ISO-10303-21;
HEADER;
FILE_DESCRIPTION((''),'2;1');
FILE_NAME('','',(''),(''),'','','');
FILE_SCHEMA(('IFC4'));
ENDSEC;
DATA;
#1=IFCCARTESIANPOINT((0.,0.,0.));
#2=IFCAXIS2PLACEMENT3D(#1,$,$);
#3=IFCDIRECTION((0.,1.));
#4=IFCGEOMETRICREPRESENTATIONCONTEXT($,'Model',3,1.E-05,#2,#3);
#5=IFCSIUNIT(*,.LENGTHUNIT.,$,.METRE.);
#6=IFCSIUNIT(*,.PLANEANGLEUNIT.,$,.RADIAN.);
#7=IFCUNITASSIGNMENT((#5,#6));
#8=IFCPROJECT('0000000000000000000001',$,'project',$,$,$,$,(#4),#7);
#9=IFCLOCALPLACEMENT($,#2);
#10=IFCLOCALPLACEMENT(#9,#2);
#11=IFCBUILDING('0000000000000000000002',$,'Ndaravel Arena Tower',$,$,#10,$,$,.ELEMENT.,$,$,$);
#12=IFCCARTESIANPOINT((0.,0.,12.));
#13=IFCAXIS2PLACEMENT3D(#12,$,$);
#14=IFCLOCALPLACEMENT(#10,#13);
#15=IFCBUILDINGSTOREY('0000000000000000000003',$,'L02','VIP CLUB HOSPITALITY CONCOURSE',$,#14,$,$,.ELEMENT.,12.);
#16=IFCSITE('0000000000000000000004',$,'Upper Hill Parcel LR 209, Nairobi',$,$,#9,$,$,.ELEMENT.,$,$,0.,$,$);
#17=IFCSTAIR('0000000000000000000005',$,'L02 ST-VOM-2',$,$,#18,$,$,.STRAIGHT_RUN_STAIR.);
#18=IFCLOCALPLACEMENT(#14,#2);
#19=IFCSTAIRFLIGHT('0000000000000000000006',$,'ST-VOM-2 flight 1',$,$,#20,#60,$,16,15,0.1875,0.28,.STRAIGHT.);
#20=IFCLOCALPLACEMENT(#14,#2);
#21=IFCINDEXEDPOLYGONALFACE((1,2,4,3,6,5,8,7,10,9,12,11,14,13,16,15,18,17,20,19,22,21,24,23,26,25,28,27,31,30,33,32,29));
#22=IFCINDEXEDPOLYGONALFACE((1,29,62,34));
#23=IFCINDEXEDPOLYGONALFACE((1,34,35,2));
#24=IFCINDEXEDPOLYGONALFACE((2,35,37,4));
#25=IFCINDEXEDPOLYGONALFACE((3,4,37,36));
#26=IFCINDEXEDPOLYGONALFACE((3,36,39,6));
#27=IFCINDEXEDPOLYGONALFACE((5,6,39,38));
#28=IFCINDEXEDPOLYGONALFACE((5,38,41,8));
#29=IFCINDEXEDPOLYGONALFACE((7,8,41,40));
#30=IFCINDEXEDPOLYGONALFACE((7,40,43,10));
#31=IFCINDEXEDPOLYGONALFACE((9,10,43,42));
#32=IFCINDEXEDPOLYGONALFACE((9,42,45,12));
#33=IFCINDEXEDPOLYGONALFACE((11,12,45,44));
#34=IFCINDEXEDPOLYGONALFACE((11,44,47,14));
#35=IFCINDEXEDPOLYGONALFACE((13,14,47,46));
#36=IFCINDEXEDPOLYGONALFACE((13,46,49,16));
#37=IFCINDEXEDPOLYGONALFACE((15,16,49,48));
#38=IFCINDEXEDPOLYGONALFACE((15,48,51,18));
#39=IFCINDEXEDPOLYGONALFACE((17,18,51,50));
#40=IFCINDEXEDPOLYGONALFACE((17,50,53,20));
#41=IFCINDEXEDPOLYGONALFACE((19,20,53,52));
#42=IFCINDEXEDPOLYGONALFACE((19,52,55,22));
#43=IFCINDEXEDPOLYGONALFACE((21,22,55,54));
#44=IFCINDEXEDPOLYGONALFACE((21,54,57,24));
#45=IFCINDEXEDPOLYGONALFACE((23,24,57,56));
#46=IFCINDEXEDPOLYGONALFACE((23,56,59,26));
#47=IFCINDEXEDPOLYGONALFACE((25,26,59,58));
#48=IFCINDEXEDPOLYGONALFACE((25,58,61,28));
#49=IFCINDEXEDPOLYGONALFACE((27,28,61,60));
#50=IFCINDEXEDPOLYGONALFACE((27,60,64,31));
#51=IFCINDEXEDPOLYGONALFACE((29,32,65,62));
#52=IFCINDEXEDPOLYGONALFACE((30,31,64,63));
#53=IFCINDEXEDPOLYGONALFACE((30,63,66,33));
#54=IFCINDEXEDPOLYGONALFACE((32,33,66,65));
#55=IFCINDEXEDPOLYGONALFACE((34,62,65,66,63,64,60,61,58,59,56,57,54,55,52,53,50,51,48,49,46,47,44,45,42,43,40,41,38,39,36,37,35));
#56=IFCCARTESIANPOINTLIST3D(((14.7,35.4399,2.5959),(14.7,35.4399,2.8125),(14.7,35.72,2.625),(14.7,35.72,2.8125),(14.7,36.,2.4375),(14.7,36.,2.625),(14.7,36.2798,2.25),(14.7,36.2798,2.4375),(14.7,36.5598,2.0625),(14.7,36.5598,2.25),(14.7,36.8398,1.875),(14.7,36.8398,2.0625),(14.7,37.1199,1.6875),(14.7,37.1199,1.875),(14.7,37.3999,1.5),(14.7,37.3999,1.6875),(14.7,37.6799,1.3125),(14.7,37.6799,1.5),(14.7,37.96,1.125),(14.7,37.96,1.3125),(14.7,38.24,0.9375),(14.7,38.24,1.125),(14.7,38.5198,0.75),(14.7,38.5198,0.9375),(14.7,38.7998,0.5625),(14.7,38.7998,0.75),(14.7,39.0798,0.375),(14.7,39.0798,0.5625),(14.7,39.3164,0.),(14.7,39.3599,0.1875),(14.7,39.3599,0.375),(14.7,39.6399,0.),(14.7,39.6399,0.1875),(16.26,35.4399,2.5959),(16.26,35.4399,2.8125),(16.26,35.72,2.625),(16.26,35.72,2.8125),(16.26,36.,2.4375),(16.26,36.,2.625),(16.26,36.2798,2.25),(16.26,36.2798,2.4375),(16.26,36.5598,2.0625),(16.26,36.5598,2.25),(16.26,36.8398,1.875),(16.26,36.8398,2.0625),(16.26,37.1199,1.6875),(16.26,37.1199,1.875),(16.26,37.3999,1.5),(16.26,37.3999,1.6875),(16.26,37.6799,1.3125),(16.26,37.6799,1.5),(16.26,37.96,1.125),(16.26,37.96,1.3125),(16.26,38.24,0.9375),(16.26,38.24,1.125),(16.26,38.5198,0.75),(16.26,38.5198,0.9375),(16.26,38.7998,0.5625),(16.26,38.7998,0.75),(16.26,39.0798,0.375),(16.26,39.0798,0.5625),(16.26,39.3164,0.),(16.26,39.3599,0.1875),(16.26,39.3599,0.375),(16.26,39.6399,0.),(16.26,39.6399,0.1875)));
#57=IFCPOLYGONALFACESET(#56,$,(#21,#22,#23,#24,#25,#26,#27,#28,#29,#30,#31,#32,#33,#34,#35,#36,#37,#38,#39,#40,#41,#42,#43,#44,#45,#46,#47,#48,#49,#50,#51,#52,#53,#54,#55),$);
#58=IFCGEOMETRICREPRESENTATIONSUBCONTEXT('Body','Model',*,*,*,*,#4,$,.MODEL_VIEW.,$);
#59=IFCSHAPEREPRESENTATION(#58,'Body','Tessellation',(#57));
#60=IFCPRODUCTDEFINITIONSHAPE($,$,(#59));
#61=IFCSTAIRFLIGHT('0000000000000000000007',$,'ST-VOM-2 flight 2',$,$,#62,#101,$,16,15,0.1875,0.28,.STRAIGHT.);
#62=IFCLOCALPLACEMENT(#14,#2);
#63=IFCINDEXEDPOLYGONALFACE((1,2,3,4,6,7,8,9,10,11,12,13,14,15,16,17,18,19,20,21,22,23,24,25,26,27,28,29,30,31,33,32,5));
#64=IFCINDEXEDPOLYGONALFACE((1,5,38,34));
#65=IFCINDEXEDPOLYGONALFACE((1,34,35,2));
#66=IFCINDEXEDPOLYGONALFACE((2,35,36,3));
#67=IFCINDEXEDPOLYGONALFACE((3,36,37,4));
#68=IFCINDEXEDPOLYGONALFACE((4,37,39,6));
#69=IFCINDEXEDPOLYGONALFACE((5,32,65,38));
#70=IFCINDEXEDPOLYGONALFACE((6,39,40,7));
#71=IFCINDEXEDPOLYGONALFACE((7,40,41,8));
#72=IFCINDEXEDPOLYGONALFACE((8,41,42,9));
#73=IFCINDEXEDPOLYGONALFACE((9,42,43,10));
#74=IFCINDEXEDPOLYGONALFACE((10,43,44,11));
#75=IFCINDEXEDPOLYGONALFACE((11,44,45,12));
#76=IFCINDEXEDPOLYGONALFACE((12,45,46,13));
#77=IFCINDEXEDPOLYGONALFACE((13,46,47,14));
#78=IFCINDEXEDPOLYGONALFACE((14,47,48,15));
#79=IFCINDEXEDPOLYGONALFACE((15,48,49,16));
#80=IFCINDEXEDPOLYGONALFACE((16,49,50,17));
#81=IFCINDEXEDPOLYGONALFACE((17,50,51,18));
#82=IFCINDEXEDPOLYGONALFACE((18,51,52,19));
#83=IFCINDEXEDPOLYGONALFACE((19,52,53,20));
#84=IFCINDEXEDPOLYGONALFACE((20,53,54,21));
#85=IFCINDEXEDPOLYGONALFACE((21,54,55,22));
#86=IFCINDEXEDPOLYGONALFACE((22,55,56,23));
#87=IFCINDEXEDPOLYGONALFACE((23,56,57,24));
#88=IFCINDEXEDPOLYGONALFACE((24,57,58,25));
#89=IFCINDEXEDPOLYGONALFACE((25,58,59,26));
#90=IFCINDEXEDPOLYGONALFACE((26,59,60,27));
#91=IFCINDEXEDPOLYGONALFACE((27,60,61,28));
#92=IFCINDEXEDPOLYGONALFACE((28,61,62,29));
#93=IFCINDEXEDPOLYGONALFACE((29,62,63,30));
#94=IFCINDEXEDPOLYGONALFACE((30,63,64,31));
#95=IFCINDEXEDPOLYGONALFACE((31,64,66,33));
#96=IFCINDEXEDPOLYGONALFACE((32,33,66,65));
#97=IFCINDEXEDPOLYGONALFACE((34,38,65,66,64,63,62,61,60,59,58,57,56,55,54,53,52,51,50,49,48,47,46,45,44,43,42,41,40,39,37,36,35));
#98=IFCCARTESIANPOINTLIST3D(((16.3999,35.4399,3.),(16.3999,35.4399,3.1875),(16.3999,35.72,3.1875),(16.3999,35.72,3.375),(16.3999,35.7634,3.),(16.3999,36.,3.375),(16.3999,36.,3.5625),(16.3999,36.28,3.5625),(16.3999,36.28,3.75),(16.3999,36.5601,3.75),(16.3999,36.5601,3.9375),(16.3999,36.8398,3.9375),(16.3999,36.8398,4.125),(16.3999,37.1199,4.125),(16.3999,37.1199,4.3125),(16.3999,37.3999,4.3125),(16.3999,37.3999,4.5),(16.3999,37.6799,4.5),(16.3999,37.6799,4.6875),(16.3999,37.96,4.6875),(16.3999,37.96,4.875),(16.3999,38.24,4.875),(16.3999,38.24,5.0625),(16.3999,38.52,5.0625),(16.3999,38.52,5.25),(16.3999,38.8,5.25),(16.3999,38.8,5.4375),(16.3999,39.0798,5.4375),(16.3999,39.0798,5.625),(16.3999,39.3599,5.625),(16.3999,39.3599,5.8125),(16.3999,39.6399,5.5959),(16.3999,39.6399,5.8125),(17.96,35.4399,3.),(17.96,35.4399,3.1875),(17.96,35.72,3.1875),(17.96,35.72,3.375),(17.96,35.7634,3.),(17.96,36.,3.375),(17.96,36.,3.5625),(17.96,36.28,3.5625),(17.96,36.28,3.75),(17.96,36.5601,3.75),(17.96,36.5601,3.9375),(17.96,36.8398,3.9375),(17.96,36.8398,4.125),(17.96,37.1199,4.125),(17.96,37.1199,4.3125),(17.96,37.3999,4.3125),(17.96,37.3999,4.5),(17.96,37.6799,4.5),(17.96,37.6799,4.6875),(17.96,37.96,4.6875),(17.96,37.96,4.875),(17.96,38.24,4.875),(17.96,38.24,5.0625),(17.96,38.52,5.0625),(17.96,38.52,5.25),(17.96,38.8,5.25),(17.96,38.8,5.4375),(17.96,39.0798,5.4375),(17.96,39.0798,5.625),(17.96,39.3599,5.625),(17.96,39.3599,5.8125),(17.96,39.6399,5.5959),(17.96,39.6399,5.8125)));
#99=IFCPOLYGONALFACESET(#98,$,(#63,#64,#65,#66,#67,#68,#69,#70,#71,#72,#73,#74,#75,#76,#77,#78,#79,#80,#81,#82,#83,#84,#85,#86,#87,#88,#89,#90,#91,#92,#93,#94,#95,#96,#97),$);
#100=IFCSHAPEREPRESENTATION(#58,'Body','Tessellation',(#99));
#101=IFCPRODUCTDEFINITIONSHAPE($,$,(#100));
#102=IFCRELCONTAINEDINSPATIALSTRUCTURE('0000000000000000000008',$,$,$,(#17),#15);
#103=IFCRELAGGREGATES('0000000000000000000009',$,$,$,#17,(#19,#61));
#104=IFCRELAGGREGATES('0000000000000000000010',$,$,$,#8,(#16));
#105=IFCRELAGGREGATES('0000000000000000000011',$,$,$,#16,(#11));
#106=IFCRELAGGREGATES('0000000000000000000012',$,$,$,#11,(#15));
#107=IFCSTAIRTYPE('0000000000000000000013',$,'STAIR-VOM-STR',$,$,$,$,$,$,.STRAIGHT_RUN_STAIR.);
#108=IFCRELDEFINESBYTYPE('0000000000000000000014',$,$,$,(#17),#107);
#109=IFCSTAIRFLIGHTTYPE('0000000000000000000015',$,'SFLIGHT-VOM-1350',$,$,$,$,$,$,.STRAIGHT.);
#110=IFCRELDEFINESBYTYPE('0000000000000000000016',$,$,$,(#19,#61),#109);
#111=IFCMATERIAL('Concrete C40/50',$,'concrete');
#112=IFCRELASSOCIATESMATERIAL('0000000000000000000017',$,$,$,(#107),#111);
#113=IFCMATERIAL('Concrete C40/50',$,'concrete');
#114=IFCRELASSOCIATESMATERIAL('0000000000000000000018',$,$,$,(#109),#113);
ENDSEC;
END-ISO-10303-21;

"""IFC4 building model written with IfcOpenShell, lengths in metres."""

from ifc_helpers import new_model, si_unit, direction, frame, origin, place, context, subcontext, project, spatial, polyline, outline, extrude, material, type_object, element, aggregate, save


model = new_model("IFC4")

# Units and contexts
model_context = context("Model", 3, precision=1e-05, world=origin(), true_north=direction((0.0, 1.0)))
body_context = subcontext(model_context, "Body", "Model", "MODEL_VIEW")
ifc_project = project(units=[si_unit("LENGTHUNIT", "METRE"), si_unit("PLANEANGLEUNIT", "RADIAN")], contexts=[model_context])

# Site, building, storey
site_placement = place(None, origin())
site = spatial("IfcSite", under=ifc_project, at=site_placement, Name="Upper Hill Parcel LR 209, Nairobi", CompositionType="ELEMENT", RefElevation=0.0)
building_placement = place(site_placement, origin())
building = spatial("IfcBuilding", under=site, at=building_placement, Name="Ndaravel Arena Tower", CompositionType="ELEMENT")
storey_placement = place(building_placement, frame((0.0, 0.0, 12.0)))
storey = spatial("IfcBuildingStorey", under=building, at=storey_placement, Name="L02", Description="VIP CLUB HOSPITALITY CONCOURSE", CompositionType="ELEMENT", Elevation=12.0)

# Stair, stair flights
ifc_material_1 = material(Name="Concrete C40/50", Category="concrete")
stair_type = type_object("IfcStairType", Name="STAIR-VOM-STR", PredefinedType="STRAIGHT_RUN_STAIR", material=ifc_material_1)
stair_placement = place(storey_placement, origin())
stair = element("IfcStair", 1, at=stair_placement, inside=storey, type_object=stair_type, Name="L02 ST-VOM-2", PredefinedType="STRAIGHT_RUN_STAIR")
ifc_material_2 = material(Name="Concrete C40/50", Category="concrete")
stair_flight_type = type_object("IfcStairFlightType", Name="SFLIGHT-VOM-1350", PredefinedType="STRAIGHT", material=ifc_material_2)
stair_flight_1_placement = place(storey_placement, frame((15.48, 39.6399, 0.0), z_axis=(0.0, 0.0, 1.0), x_axis=(0.0, -1.0, 0.0)))
stair_flight_1 = element("IfcStairFlight", 2, at=stair_flight_1_placement, type_object=stair_flight_type, Name="ST-VOM-2 flight 1", NumberOfRisers=16, NumberOfTreads=15, PredefinedType="STRAIGHT", RiserHeight=0.1875, TreadLength=0.28, context=body_context, shape_type="SweptSolid", body=[
    extrude(outline(polyline([(0.0, 0.0), (0.0, 0.1875), (0.28, 0.1875), (0.28, 0.375), (0.5601, 0.375), (0.5601, 0.5625), (0.8401, 0.5625), (0.8401, 0.75), (1.1201, 0.75), (1.1201, 0.9375), (1.3999, 0.9375), (1.3999, 1.125), (1.6799, 1.125), (1.6799, 1.3125), (1.96, 1.3125), (1.96, 1.5), (2.24, 1.5), (2.24, 1.6875), (2.52, 1.6875), (2.52, 1.875), (2.8, 1.875), (2.8, 2.0625), (3.0801, 2.0625), (3.0801, 2.25), (3.3601, 2.25), (3.3601, 2.4375), (3.6399, 2.4375), (3.6399, 2.625), (3.9199, 2.625), (3.9199, 2.8125), (4.2, 2.8125), (4.2, 3.0), (4.2, 2.5959), (0.3235, 0.0), (0.0, 0.0)])), frame((0.0, 0.78, 0.0), z_axis=(0.0, -1.0, 0.0), x_axis=(1.0, 0.0, 0.0)), (0.0, 0.0, 1.0), 1.5601),
])
stair_flight_2_placement = place(storey_placement, frame((17.1799, 35.4399, 3.0), z_axis=(0.0, 0.0, 1.0), x_axis=(0.0, 1.0, 0.0)))
stair_flight_2 = element("IfcStairFlight", 3, at=stair_flight_2_placement, type_object=stair_flight_type, Name="ST-VOM-2 flight 2", NumberOfRisers=16, NumberOfTreads=15, PredefinedType="STRAIGHT", RiserHeight=0.1875, TreadLength=0.28, context=body_context, shape_type="SweptSolid", body=[
    extrude(outline(polyline([(0.0, 0.0), (0.0, 0.1875), (0.28, 0.1875), (0.28, 0.375), (0.5601, 0.375), (0.5601, 0.5625), (0.8401, 0.5625), (0.8401, 0.75), (1.1201, 0.75), (1.1201, 0.9375), (1.3999, 0.9375), (1.3999, 1.125), (1.6799, 1.125), (1.6799, 1.3125), (1.96, 1.3125), (1.96, 1.5), (2.24, 1.5), (2.24, 1.6875), (2.52, 1.6875), (2.52, 1.875), (2.8, 1.875), (2.8, 2.0625), (3.0801, 2.0625), (3.0801, 2.25), (3.3601, 2.25), (3.3601, 2.4375), (3.6399, 2.4375), (3.6399, 2.625), (3.9199, 2.625), (3.9199, 2.8125), (4.2, 2.8125), (4.2, 3.0), (4.2, 2.5959), (0.3235, 0.0), (0.0, 0.0)])), frame((0.0, 0.78, 0.0), z_axis=(0.0, -1.0, 0.0), x_axis=(1.0, 0.0, 0.0)), (0.0, 0.0, 1.0), 1.5601),
])
aggregate(stair, [stair_flight_1, stair_flight_2])

save(model, "model.ifc")
